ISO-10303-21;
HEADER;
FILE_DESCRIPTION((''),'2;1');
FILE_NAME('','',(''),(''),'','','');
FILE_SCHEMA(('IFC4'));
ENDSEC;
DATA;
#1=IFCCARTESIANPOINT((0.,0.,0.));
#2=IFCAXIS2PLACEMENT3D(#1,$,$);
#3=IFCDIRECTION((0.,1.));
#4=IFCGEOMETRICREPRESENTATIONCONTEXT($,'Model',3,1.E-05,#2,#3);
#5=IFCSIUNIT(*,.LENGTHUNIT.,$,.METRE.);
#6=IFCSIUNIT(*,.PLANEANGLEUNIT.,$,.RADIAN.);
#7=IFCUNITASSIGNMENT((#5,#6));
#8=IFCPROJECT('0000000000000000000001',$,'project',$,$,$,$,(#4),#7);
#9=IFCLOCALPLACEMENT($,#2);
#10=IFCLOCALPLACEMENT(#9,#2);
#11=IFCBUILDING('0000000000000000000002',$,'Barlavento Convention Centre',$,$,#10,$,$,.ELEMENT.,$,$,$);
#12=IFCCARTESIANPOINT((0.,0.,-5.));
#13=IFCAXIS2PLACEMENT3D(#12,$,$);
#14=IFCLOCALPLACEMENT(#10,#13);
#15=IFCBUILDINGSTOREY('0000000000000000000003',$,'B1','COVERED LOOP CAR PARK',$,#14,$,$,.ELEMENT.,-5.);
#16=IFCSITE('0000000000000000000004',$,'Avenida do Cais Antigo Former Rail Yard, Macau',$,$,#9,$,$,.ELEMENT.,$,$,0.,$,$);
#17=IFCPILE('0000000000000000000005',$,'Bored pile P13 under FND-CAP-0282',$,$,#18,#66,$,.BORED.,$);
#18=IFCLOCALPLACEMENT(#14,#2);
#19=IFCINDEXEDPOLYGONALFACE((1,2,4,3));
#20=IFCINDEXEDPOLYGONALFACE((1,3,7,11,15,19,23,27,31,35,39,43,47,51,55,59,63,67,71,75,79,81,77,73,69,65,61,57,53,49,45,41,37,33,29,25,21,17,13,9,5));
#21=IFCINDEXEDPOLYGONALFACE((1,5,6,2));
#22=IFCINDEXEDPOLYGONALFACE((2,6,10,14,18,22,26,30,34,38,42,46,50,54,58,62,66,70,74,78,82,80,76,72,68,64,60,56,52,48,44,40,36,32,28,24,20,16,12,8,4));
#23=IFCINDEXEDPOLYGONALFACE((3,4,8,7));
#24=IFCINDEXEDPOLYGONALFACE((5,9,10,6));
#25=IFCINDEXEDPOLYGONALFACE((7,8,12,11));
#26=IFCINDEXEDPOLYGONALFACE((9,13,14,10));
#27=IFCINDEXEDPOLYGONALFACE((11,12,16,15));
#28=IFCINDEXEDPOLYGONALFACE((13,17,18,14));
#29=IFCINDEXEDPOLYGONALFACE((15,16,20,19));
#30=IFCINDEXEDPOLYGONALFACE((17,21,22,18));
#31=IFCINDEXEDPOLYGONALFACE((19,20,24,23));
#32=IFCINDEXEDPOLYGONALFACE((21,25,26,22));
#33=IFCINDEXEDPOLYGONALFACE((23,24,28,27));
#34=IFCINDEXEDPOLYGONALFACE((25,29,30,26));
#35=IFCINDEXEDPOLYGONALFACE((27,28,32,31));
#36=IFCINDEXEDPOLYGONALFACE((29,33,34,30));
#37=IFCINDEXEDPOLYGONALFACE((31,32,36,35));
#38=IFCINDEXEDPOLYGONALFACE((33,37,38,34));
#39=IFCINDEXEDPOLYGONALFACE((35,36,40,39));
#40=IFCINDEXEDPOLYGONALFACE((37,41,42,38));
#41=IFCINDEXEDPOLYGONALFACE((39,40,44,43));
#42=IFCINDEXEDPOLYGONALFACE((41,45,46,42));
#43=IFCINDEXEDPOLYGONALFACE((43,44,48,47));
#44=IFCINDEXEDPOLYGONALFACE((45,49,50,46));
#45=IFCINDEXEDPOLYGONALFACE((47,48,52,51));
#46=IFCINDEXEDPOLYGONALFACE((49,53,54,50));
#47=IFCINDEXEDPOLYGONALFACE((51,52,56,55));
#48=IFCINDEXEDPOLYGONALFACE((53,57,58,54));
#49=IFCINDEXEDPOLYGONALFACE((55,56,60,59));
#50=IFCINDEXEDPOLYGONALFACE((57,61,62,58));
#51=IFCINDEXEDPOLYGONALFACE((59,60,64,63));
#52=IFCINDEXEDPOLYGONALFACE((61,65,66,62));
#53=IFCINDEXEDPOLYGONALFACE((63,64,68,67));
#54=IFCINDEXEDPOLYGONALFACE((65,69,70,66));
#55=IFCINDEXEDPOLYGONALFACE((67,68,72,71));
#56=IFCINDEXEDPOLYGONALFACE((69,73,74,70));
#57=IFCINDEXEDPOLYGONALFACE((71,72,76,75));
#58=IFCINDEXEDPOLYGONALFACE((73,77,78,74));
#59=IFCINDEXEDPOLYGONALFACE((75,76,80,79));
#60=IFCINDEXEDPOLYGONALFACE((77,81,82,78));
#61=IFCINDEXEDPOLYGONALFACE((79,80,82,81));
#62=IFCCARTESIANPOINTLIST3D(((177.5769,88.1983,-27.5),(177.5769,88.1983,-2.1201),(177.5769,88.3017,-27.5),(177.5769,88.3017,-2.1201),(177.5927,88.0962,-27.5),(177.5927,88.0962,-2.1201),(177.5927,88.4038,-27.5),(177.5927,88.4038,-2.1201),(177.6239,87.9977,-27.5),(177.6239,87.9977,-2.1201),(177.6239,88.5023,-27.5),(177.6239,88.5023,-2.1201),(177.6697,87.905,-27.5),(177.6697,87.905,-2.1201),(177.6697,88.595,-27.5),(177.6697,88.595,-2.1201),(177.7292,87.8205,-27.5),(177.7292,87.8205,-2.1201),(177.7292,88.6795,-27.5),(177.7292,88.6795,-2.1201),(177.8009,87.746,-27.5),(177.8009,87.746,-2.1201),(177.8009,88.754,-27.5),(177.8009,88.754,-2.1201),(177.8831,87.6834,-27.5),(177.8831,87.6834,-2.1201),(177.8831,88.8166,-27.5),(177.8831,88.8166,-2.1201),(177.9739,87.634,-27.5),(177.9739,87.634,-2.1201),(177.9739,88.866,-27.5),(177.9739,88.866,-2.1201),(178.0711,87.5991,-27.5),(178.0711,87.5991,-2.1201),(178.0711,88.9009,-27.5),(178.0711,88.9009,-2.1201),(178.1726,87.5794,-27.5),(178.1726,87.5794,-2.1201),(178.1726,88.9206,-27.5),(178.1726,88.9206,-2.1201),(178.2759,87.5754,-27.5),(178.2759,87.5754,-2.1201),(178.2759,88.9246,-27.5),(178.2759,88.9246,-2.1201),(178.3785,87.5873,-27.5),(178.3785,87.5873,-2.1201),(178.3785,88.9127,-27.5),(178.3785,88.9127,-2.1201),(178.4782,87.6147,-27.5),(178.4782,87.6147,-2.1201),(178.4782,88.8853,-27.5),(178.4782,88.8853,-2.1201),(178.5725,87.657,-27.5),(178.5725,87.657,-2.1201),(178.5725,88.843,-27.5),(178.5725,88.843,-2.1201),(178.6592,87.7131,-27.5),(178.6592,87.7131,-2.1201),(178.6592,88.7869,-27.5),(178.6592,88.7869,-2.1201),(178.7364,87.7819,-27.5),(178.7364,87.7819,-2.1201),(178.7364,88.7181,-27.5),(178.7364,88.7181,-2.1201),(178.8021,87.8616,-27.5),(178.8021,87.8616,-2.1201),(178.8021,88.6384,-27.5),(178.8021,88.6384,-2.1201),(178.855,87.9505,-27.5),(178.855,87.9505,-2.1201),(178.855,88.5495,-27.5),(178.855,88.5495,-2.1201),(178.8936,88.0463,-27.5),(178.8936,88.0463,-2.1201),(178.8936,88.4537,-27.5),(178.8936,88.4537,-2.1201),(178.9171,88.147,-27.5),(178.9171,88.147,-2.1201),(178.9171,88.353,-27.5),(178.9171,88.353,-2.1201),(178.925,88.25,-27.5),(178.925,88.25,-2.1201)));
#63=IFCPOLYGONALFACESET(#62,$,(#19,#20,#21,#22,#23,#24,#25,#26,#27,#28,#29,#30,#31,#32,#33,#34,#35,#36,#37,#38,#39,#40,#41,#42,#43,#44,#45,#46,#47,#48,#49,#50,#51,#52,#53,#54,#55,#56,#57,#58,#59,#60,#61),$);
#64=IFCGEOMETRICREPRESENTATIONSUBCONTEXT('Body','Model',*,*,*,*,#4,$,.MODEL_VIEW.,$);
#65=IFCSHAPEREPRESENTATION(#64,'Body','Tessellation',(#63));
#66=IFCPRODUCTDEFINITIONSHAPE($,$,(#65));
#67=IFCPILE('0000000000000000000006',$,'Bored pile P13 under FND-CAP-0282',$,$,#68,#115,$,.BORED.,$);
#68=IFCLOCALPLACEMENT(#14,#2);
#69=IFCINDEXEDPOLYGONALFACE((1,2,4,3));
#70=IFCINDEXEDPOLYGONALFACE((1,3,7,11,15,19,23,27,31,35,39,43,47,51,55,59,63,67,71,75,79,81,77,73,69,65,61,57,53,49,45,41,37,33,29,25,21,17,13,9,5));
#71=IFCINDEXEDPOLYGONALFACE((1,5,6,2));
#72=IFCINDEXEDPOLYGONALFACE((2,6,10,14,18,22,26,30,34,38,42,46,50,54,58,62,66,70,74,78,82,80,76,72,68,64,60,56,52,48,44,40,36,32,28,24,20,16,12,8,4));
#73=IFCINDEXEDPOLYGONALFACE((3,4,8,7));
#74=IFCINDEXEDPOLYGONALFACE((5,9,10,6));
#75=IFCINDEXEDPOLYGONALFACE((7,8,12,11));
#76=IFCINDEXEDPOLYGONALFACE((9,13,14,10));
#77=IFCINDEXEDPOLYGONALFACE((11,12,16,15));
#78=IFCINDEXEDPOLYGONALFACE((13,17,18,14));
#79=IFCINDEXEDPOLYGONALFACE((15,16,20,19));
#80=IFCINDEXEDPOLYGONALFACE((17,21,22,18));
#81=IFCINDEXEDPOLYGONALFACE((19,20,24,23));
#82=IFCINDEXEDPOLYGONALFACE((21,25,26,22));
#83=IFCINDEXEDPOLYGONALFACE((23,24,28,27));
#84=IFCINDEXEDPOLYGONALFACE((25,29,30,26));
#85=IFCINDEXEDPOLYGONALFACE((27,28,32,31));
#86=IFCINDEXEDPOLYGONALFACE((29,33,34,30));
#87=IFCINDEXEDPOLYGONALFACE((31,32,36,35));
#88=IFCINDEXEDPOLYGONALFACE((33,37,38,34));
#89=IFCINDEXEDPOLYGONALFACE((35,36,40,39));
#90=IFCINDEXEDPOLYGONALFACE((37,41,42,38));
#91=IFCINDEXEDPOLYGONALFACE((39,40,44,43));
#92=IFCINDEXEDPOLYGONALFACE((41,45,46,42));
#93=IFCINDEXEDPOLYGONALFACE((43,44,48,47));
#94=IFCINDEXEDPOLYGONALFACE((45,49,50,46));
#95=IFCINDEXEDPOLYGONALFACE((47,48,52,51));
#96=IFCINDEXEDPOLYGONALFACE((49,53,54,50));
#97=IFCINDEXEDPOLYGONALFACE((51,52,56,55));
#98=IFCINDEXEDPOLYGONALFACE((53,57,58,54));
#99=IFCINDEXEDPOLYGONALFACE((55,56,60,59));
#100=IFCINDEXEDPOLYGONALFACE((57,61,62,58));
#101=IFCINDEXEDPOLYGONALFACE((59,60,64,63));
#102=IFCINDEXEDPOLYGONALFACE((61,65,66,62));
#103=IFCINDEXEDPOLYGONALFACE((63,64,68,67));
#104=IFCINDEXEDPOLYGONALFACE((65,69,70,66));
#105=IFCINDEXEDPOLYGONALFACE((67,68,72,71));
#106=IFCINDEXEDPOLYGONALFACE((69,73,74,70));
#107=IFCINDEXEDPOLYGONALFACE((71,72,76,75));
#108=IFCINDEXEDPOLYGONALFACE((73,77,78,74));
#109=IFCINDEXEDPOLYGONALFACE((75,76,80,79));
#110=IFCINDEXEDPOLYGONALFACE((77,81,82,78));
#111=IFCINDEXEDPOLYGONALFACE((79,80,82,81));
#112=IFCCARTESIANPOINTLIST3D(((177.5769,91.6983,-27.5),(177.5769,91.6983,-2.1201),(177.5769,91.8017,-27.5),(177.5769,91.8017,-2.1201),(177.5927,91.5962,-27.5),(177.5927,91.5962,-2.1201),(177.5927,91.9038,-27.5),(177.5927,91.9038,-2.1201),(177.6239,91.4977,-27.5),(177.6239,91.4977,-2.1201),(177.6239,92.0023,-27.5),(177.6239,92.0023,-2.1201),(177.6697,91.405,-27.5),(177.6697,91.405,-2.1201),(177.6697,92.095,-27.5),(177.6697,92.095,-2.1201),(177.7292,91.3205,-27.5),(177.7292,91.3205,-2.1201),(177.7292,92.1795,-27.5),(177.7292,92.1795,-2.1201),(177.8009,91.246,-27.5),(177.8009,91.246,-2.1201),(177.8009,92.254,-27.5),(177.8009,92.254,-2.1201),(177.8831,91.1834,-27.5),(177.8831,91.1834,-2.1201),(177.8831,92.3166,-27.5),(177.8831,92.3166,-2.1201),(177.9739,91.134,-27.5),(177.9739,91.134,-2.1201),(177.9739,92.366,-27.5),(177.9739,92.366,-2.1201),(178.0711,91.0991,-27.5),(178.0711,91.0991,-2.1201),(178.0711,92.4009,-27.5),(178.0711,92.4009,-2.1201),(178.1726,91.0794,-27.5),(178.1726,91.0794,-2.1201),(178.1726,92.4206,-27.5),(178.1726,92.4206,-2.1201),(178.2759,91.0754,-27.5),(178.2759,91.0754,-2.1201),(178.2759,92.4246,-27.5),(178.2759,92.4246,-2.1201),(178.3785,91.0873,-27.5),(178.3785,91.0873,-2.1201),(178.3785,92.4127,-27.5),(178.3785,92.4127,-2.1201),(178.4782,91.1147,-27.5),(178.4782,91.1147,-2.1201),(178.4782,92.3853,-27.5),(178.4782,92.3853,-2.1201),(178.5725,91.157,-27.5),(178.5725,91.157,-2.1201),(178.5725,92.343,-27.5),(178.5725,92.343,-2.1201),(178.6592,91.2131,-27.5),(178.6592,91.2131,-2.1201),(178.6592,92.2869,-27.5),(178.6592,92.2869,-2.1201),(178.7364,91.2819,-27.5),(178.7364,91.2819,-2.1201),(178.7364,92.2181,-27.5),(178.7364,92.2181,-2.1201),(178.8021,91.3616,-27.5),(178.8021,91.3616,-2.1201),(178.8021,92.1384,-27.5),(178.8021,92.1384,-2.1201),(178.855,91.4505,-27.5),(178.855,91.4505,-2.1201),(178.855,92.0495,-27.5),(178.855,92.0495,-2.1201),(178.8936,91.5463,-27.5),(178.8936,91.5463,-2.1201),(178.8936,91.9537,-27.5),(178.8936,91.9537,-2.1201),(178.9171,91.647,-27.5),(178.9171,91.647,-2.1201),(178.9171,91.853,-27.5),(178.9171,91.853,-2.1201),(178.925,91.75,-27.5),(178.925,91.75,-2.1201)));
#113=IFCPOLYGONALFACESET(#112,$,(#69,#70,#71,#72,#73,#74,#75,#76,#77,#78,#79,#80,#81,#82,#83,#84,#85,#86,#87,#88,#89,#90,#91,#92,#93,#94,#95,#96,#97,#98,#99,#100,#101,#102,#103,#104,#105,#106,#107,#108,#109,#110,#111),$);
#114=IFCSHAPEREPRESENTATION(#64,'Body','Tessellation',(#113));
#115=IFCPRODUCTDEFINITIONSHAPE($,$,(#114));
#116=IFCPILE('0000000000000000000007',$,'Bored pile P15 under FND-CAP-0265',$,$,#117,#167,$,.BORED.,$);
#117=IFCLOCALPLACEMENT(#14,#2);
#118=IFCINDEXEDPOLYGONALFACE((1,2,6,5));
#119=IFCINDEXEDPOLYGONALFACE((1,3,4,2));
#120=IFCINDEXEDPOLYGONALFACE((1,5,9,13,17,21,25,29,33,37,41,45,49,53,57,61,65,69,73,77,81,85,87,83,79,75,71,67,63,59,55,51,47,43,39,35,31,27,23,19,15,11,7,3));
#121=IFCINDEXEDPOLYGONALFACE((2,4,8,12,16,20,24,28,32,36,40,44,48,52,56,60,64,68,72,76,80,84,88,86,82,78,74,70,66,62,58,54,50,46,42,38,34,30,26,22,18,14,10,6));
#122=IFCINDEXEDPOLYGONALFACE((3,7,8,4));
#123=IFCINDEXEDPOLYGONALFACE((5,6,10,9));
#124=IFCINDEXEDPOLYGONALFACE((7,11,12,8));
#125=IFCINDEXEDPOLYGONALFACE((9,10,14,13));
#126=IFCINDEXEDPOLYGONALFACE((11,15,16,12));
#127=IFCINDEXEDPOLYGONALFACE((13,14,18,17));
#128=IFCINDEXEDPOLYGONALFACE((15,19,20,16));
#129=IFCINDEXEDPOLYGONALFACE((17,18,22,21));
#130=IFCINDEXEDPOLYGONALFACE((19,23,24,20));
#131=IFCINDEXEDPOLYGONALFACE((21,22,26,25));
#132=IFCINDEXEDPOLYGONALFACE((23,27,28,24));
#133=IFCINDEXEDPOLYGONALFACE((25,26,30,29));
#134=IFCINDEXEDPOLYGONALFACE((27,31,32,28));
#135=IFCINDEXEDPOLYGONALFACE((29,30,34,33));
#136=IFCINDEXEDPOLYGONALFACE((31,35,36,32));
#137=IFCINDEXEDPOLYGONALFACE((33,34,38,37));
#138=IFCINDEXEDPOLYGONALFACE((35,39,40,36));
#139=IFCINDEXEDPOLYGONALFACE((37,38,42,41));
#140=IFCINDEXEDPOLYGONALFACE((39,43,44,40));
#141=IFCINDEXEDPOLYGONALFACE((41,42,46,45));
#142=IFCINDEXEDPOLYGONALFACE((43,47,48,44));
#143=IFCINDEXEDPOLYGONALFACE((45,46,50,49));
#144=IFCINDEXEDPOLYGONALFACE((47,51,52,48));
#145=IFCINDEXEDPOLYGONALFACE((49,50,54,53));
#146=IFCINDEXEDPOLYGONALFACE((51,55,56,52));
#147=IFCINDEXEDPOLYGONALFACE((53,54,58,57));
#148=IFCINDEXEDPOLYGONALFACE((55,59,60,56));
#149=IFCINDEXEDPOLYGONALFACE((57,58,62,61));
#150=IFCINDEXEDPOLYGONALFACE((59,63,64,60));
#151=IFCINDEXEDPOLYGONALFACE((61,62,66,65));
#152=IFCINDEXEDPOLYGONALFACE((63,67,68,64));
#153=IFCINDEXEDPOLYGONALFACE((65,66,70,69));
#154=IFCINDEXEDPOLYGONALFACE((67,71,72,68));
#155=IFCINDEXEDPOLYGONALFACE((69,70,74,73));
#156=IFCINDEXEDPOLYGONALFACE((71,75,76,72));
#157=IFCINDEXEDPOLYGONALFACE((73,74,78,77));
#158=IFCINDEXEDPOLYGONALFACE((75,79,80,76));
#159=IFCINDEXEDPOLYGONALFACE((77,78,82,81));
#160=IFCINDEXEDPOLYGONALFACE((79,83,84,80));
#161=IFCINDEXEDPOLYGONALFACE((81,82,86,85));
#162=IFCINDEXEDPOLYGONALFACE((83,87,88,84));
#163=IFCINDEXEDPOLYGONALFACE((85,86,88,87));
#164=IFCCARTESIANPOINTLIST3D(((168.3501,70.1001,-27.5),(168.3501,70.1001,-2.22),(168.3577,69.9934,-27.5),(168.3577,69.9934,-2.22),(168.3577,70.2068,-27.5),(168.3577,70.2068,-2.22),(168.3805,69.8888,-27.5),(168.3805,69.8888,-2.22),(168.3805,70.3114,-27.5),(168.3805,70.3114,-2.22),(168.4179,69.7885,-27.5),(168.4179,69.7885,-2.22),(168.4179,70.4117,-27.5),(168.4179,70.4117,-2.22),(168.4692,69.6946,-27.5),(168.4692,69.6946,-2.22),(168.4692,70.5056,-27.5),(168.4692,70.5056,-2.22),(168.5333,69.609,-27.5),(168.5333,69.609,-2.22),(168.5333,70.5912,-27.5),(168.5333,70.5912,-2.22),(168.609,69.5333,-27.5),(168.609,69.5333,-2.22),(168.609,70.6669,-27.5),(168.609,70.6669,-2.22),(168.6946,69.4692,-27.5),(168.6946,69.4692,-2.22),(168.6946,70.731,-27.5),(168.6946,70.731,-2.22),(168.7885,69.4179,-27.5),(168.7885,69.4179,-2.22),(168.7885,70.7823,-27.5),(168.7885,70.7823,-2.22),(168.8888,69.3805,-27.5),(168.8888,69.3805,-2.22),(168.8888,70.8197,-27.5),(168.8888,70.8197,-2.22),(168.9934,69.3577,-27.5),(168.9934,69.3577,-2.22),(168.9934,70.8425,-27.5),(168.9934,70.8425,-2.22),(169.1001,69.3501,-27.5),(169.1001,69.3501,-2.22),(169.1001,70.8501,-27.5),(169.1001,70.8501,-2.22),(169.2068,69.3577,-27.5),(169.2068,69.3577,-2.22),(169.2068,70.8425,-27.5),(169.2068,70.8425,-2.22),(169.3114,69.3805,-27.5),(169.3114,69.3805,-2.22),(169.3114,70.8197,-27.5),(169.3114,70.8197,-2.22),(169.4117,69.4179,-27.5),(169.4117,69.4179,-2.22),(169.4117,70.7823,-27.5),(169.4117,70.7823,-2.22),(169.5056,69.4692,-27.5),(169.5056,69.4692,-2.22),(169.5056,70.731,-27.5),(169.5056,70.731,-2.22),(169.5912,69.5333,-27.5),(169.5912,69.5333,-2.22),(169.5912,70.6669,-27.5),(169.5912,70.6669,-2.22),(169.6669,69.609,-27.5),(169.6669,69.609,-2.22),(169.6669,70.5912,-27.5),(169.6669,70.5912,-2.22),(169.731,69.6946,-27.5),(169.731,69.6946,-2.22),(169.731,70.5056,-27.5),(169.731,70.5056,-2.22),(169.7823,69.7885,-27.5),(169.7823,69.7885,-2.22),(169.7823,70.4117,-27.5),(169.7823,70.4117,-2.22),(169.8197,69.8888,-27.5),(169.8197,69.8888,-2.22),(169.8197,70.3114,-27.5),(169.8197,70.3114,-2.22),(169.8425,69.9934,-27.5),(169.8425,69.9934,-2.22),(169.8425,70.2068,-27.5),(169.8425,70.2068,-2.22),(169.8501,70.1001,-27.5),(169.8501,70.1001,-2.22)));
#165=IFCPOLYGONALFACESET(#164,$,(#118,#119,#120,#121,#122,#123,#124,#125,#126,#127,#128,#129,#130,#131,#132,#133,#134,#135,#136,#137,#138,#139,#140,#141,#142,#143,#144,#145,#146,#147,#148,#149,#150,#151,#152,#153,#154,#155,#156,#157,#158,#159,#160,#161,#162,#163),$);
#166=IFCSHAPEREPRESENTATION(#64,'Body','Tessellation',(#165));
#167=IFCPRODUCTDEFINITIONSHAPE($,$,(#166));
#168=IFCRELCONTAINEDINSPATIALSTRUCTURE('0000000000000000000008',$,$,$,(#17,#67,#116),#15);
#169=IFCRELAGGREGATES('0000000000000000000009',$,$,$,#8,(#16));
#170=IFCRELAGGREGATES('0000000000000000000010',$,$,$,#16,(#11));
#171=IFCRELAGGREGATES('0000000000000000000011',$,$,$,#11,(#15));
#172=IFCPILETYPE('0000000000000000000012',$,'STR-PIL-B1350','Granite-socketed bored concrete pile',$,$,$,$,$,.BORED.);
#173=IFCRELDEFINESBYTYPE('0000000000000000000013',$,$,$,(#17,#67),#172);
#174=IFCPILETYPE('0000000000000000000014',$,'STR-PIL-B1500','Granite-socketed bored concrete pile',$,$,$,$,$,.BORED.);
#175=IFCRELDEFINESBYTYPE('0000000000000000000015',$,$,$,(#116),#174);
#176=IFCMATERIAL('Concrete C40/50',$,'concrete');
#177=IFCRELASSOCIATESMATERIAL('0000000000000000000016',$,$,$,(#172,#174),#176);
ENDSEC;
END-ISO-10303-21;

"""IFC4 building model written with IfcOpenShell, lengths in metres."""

from ifc_helpers import new_model, si_unit, direction, frame, origin, origin_2d, place, context, subcontext, project, spatial, circle, extrude, material, material_profile, profile_set, type_object, element, save


model = new_model("IFC4")

# Units and contexts
model_context = context("Model", 3, precision=1e-05, world=origin(), true_north=direction((0.0, 1.0)))
body_context = subcontext(model_context, "Body", "Model", "MODEL_VIEW")
ifc_project = project(units=[si_unit("LENGTHUNIT", "METRE"), si_unit("PLANEANGLEUNIT", "RADIAN")], contexts=[model_context])

# Site, building, storey
site_placement = place(None, origin())
site = spatial("IfcSite", under=ifc_project, at=site_placement, Name="Avenida do Cais Antigo Former Rail Yard, Macau", CompositionType="ELEMENT", RefElevation=0.0)
building_placement = place(site_placement, origin())
building = spatial("IfcBuilding", under=site, at=building_placement, Name="Barlavento Convention Centre", CompositionType="ELEMENT")
storey_placement = place(building_placement, frame((0.0, 0.0, -5.0)))
storey = spatial("IfcBuildingStorey", under=building, at=storey_placement, Name="B1", Description="COVERED LOOP CAR PARK", CompositionType="ELEMENT", Elevation=-5.0)

# Shared definitions
ifc_material_1 = material(Name="Concrete C40/50", Category="concrete")

# Piles
ifc_material_profile_1 = material_profile(ifc_material_1, circle(Radius=0.675, at=origin_2d()), Name="BORED PILE 1350")
ifc_profile_set_1 = profile_set([ifc_material_profile_1], Name="Concrete C40/50")
pile_type_1 = type_object("IfcPileType", Name="STR-PIL-B1350", Description="Granite-socketed bored concrete pile", PredefinedType="BORED", material=ifc_profile_set_1)
for number, where, z_axis, x_axis, name in (
    (1, (178.25, 88.25, -2.1201), (0.0, 0.0, -1.0), (1.0, 0.0, 0.0), "Bored pile P13 under FND-CAP-0282"),
    (2, (178.25, 91.75, -2.1201), (0.0, 0.0, -1.0), (1.0, 0.0, 0.0), "Bored pile P13 under FND-CAP-0282"),
):
    element("IfcPile", number, at=place(storey_placement, frame(where, z_axis=z_axis, x_axis=x_axis)), inside=storey, type_object=pile_type_1, Name=name, PredefinedType="BORED", context=body_context, shape_type="SweptSolid", body=[
        extrude(circle(Radius=0.675, at=origin_2d()), origin(), (0.0, 0.0, 1.0), 25.3799),
    ])
ifc_material_profile_2 = material_profile(ifc_material_1, circle(Radius=0.75, at=origin_2d()), Name="BORED PILE 1500")
ifc_profile_set_2 = profile_set([ifc_material_profile_2], Name="Concrete C40/50")
pile_type_2 = type_object("IfcPileType", Name="STR-PIL-B1500", Description="Granite-socketed bored concrete pile", PredefinedType="BORED", material=ifc_profile_set_2)
for number, where, z_axis, x_axis, name in (
    (3, (169.1001, 70.1001, -2.22), (0.0, 0.0, -1.0), (1.0, 0.0, 0.0), "Bored pile P15 under FND-CAP-0265"),
):
    element("IfcPile", number, at=place(storey_placement, frame(where, z_axis=z_axis, x_axis=x_axis)), inside=storey, type_object=pile_type_2, Name=name, PredefinedType="BORED", context=body_context, shape_type="SweptSolid", body=[
        extrude(circle(Radius=0.75, at=origin_2d()), origin(), (0.0, 0.0, 1.0), 25.28),
    ])

save(model, "model.ifc")
